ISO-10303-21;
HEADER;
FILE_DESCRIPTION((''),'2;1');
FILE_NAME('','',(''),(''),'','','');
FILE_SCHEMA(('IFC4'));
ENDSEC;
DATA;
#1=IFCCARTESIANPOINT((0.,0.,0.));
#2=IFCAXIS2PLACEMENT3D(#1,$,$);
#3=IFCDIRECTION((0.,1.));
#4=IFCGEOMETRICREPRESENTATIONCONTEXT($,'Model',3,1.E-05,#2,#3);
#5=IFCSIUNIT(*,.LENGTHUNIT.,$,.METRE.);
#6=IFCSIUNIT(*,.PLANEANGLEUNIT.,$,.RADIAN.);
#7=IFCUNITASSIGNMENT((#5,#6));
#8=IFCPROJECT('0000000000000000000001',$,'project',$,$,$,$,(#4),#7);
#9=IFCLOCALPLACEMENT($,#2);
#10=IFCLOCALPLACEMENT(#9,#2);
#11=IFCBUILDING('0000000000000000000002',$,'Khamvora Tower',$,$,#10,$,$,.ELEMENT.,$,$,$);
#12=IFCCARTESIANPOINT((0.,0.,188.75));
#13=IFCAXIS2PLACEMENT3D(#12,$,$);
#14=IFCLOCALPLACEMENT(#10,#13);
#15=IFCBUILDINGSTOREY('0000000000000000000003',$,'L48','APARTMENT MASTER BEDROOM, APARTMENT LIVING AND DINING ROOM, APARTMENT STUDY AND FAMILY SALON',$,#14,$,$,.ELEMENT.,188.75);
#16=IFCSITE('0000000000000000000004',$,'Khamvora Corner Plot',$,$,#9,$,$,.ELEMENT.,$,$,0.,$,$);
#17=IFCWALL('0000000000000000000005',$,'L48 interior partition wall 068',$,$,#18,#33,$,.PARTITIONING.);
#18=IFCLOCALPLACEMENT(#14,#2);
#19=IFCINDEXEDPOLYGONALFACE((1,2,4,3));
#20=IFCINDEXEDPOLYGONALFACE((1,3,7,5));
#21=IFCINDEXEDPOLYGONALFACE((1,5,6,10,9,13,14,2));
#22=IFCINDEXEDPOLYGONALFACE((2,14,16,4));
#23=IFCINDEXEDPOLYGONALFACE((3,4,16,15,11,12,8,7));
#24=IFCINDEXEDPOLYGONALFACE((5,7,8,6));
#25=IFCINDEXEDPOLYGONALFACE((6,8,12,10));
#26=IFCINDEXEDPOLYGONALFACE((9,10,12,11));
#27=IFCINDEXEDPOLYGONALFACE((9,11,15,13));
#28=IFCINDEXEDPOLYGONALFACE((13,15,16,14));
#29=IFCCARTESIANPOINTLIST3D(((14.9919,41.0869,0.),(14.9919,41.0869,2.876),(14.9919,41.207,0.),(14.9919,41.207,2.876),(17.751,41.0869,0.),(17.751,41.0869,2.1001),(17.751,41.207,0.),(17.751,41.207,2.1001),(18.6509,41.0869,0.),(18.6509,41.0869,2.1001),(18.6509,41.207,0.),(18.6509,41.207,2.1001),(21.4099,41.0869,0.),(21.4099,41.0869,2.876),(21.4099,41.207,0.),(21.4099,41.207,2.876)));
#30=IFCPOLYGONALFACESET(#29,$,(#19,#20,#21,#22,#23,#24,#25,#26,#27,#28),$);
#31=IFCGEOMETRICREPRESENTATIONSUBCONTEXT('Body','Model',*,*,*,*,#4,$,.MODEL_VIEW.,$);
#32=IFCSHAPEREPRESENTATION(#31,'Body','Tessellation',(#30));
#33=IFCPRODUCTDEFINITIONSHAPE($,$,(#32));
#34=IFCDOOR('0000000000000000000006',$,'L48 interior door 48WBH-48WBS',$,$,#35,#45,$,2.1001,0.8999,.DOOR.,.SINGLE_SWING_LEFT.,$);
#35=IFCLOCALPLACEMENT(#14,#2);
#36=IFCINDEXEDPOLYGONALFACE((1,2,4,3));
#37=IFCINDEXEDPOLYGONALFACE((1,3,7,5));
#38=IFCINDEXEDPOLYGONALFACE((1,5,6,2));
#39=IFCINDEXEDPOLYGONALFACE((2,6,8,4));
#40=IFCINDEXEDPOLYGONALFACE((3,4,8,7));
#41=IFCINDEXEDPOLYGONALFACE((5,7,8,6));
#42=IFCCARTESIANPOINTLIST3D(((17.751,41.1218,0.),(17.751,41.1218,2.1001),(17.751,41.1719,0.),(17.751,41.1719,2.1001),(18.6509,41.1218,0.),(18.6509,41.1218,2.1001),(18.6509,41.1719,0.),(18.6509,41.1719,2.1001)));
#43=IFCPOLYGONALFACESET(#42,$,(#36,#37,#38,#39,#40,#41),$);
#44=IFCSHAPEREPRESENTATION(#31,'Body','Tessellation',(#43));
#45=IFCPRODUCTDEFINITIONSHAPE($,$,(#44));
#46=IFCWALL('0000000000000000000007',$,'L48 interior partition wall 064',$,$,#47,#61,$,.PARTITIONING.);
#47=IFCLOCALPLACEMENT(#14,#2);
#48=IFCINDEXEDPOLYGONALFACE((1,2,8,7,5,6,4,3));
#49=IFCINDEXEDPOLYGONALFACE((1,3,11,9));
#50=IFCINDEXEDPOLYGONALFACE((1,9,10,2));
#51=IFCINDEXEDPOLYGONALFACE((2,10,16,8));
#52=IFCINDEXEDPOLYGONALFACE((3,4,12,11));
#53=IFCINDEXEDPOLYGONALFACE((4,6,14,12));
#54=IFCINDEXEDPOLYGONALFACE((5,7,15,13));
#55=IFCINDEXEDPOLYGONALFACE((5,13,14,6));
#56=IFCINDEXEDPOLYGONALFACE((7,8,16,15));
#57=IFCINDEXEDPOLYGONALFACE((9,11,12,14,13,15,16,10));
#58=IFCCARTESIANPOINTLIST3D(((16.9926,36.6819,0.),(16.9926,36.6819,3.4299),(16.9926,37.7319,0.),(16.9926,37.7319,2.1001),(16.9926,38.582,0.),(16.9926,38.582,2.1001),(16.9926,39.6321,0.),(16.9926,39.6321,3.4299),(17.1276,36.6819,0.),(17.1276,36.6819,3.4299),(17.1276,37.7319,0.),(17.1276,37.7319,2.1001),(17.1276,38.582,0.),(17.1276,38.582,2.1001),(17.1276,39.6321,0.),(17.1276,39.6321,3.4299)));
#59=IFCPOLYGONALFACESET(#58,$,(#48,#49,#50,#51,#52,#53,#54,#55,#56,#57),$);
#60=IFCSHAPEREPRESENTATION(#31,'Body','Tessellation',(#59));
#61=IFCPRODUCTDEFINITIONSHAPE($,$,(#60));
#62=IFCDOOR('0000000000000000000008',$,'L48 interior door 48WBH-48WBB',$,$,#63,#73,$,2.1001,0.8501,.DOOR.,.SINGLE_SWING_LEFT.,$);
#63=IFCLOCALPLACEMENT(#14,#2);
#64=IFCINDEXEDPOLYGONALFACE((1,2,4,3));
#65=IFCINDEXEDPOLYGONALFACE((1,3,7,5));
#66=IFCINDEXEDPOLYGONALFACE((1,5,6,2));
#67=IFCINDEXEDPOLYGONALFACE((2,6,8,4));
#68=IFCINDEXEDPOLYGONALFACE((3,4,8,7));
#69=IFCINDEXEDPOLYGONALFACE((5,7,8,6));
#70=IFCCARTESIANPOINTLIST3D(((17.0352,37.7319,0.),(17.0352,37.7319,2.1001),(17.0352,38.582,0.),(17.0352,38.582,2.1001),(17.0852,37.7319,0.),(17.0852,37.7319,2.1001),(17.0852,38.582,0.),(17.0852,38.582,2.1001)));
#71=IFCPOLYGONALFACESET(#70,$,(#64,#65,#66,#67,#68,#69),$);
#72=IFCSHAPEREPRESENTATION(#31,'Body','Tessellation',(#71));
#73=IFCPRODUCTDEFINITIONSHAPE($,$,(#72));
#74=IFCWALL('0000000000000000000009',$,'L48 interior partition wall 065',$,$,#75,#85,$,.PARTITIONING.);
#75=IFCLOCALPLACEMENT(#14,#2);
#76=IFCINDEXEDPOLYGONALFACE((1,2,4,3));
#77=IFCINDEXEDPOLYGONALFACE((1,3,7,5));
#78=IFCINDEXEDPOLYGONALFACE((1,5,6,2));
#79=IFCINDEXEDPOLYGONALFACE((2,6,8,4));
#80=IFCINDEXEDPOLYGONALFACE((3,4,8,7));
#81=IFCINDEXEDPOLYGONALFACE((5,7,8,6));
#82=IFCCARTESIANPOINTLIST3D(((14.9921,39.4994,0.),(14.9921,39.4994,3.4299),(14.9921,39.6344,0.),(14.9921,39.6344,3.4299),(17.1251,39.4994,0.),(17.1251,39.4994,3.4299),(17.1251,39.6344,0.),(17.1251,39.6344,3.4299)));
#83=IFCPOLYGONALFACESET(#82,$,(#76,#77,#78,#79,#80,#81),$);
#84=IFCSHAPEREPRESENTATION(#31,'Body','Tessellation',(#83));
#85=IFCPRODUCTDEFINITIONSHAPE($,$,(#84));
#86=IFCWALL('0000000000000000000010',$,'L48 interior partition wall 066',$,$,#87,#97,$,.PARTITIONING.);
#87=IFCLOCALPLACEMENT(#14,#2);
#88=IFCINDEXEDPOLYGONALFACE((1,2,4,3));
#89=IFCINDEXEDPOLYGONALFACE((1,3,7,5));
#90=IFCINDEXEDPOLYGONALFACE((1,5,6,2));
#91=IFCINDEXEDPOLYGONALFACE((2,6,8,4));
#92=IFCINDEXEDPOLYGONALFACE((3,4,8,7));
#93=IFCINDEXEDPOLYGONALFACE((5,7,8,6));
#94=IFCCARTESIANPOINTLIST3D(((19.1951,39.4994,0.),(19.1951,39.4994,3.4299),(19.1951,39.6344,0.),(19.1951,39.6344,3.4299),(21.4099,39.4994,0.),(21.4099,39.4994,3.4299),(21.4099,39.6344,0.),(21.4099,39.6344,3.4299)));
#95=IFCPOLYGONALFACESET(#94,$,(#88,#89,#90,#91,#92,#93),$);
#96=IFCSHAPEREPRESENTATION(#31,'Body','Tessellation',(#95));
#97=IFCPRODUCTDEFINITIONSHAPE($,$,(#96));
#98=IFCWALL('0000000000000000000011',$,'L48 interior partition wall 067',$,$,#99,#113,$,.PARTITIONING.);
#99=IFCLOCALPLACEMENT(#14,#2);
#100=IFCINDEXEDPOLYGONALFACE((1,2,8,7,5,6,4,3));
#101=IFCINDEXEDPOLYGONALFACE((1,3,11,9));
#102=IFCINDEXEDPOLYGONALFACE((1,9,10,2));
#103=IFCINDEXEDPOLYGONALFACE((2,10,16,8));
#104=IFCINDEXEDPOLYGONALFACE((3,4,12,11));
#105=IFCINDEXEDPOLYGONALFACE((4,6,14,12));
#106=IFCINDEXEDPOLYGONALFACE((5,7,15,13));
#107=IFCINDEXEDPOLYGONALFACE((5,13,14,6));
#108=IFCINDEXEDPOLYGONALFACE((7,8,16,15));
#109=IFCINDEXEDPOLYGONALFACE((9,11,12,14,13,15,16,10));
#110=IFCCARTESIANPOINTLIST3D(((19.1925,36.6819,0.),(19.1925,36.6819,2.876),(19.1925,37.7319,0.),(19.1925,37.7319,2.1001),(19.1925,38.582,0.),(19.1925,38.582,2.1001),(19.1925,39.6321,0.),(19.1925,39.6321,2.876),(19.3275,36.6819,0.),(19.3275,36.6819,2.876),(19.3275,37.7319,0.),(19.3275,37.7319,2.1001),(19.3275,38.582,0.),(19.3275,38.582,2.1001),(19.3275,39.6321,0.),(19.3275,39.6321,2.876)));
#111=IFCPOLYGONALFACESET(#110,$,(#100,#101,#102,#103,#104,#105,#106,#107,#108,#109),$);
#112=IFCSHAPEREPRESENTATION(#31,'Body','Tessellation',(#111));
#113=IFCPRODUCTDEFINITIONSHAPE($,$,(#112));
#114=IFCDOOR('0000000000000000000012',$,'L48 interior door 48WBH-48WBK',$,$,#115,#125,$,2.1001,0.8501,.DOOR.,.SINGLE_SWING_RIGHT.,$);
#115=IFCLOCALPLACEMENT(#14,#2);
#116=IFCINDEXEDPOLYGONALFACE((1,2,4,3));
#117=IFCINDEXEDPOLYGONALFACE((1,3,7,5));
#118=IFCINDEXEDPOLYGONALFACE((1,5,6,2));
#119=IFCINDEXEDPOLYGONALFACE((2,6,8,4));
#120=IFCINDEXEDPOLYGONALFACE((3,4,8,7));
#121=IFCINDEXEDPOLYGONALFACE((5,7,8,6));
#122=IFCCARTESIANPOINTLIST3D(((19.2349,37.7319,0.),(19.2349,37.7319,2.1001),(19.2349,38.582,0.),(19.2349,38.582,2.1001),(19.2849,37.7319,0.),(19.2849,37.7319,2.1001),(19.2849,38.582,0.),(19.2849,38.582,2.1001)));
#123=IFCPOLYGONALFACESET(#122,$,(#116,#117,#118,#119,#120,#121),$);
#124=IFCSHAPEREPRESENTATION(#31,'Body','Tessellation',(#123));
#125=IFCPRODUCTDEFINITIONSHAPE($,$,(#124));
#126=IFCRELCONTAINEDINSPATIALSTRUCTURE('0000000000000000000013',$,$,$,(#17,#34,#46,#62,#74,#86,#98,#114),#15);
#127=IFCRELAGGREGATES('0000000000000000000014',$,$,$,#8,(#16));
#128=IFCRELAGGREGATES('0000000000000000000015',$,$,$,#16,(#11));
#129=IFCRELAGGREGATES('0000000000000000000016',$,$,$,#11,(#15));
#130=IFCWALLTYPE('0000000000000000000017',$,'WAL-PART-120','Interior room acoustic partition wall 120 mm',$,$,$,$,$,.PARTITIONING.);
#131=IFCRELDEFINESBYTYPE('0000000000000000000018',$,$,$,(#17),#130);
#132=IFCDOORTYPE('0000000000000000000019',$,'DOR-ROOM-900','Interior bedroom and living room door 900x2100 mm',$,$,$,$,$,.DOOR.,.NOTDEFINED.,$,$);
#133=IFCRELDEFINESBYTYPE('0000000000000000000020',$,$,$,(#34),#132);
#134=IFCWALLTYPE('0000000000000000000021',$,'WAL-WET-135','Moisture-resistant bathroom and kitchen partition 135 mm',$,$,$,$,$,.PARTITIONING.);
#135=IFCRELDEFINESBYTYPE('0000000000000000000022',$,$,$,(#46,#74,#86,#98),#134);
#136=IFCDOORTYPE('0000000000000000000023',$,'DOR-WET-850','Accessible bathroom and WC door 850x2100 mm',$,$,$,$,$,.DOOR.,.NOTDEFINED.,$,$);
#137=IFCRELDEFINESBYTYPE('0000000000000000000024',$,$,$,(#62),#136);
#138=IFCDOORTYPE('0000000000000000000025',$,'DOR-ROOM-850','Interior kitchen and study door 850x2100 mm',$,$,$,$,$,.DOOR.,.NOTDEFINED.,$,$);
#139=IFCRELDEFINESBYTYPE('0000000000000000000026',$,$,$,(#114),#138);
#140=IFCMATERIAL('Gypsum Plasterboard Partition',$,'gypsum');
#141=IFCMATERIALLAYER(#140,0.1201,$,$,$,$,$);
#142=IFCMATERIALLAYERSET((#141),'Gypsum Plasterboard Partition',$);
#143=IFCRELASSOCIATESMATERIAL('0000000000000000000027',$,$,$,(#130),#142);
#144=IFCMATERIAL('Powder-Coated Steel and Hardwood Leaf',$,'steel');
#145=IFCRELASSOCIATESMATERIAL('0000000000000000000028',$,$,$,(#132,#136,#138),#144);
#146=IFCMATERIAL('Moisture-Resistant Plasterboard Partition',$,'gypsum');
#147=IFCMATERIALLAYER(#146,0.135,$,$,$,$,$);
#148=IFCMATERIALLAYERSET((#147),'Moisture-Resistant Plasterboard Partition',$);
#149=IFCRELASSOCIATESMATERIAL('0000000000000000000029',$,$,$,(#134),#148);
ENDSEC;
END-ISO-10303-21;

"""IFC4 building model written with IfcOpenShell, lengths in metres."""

from ifc_helpers import new_model, si_unit, direction, frame, frame_2d, origin, place, context, subcontext, project, spatial, rectangle, extrude, material, layer, layer_set, type_object, element, fill, save


model = new_model("IFC4")

# Units and contexts
model_context = context("Model", 3, precision=1e-05, world=origin(), true_north=direction((0.0, 1.0)))
body_context = subcontext(model_context, "Body", "Model", "MODEL_VIEW")
ifc_project = project(units=[si_unit("LENGTHUNIT", "METRE"), si_unit("PLANEANGLEUNIT", "RADIAN")], contexts=[model_context])

# Site, building, storey
site_placement = place(None, origin())
site = spatial("IfcSite", under=ifc_project, at=site_placement, Name="Khamvora Corner Plot", CompositionType="ELEMENT", RefElevation=0.0)
building_placement = place(site_placement, origin())
building = spatial("IfcBuilding", under=site, at=building_placement, Name="Khamvora Tower", CompositionType="ELEMENT")
storey_placement = place(building_placement, frame((0.0, 0.0, 188.75)))
storey = spatial("IfcBuildingStorey", under=building, at=storey_placement, Name="L48", Description="APARTMENT MASTER BEDROOM, APARTMENT LIVING AND DINING ROOM, APARTMENT STUDY AND FAMILY SALON", CompositionType="ELEMENT", Elevation=188.75)

# Walls, openings, doors
ifc_material_1 = material(Name="Gypsum Plasterboard Partition", Category="gypsum")
ifc_layer_1 = layer(ifc_material_1, 0.1201)
ifc_layer_set_1 = layer_set([ifc_layer_1], Name="Gypsum Plasterboard Partition")
wall_type_1 = type_object("IfcWallType", Name="WAL-PART-120", Description="Interior room acoustic partition wall 120 mm", PredefinedType="PARTITIONING", material=ifc_layer_set_1)
wall_1_placement = place(storey_placement, frame((14.9919, 41.147, 0.0), z_axis=(0.0, 0.0, 1.0), x_axis=(1.0, 0.0, 0.0)))
wall_1 = element("IfcWall", 1, at=wall_1_placement, inside=storey, type_object=wall_type_1, Name="L48 interior partition wall 068", PredefinedType="PARTITIONING", context=body_context, shape_type="SweptSolid", body=[
    extrude(rectangle(XDim=6.418, YDim=0.1201, at=frame_2d((3.209, 0.0))), origin(), (0.0, 0.0, 1.0), 2.876),
])
opening_1_placement = place(wall_1_placement, frame((2.759, 0.0, 0.0)))
opening_1 = element("IfcOpeningElement", 2, at=opening_1_placement, cuts=wall_1, PredefinedType="OPENING", context=body_context, shape_type="SweptSolid", body=[
    extrude(rectangle(XDim=0.8999, YDim=2.1001, at=frame_2d((0.45, 1.05))), frame((0.0, 0.0701, 0.0), z_axis=(0.0, -1.0, 0.0), x_axis=(1.0, 0.0, 0.0)), (0.0, 0.0, 1.0), 0.1401),
])
ifc_material_2 = material(Name="Powder-Coated Steel and Hardwood Leaf", Category="steel")
door_type_1 = type_object("IfcDoorType", Name="DOR-ROOM-900", Description="Interior bedroom and living room door 900x2100 mm", OperationType="NOTDEFINED", PredefinedType="DOOR", material=ifc_material_2)
door_1_placement = place(opening_1_placement, origin())
door_1 = element("IfcDoor", 3, at=door_1_placement, inside=storey, type_object=door_type_1, Name="L48 interior door 48WBH-48WBS", OperationType="SINGLE_SWING_LEFT", OverallHeight=2.1001, OverallWidth=0.8999, PredefinedType="DOOR", context=body_context, shape_type="SweptSolid", body=[
    extrude(rectangle(XDim=0.8999, YDim=2.1001, at=frame_2d((0.45, 1.05))), frame((0.0, 0.0249, 0.0), z_axis=(0.0, -1.0, 0.0), x_axis=(1.0, 0.0, 0.0)), (0.0, 0.0, 1.0), 0.05),
])
fill(opening_1, door_1)
ifc_material_3 = material(Name="Moisture-Resistant Plasterboard Partition", Category="gypsum")
ifc_layer_2 = layer(ifc_material_3, 0.135)
ifc_layer_set_2 = layer_set([ifc_layer_2], Name="Moisture-Resistant Plasterboard Partition")
wall_type_2 = type_object("IfcWallType", Name="WAL-WET-135", Description="Moisture-resistant bathroom and kitchen partition 135 mm", PredefinedType="PARTITIONING", material=ifc_layer_set_2)
wall_2_placement = place(storey_placement, frame((17.0601, 36.6819, 0.0), z_axis=(0.0, 0.0, 1.0), x_axis=(0.0, 1.0, 0.0)))
wall_2 = element("IfcWall", 4, at=wall_2_placement, inside=storey, type_object=wall_type_2, Name="L48 interior partition wall 064", PredefinedType="PARTITIONING", context=body_context, shape_type="SweptSolid", body=[
    extrude(rectangle(XDim=2.9502, YDim=0.135, at=frame_2d((1.4751, 0.0))), origin(), (0.0, 0.0, 1.0), 3.4299),
])
opening_2_placement = place(wall_2_placement, frame((1.05, 0.0, 0.0)))
opening_2 = element("IfcOpeningElement", 5, at=opening_2_placement, cuts=wall_2, PredefinedType="OPENING", context=body_context, shape_type="SweptSolid", body=[
    extrude(rectangle(XDim=0.8501, YDim=2.1001, at=frame_2d((0.425, 1.05))), frame((0.0, 0.0774, 0.0), z_axis=(0.0, -1.0, 0.0), x_axis=(1.0, 0.0, 0.0)), (0.0, 0.0, 1.0), 0.155),
])
door_type_2 = type_object("IfcDoorType", Name="DOR-WET-850", Description="Accessible bathroom and WC door 850x2100 mm", OperationType="NOTDEFINED", PredefinedType="DOOR", material=ifc_material_2)
door_2_placement = place(opening_2_placement, origin())
door_2 = element("IfcDoor", 6, at=door_2_placement, inside=storey, type_object=door_type_2, Name="L48 interior door 48WBH-48WBB", OperationType="SINGLE_SWING_LEFT", OverallHeight=2.1001, OverallWidth=0.8501, PredefinedType="DOOR", context=body_context, shape_type="SweptSolid", body=[
    extrude(rectangle(XDim=0.8501, YDim=2.1001, at=frame_2d((0.425, 1.05))), frame((0.0, 0.0249, 0.0), z_axis=(0.0, -1.0, 0.0), x_axis=(1.0, 0.0, 0.0)), (0.0, 0.0, 1.0), 0.05),
])
fill(opening_2, door_2)

# Walls
wall_3_placement = place(storey_placement, frame((17.125, 39.5669, 0.0), z_axis=(0.0, 0.0, 1.0), x_axis=(-1.0, 0.0, 0.0)))
element("IfcWall", 7, at=wall_3_placement, inside=storey, type_object=wall_type_2, Name="L48 interior partition wall 065", PredefinedType="PARTITIONING", context=body_context, shape_type="SweptSolid", body=[
    extrude(rectangle(XDim=2.1331, YDim=0.135, at=frame_2d((1.0664, 0.0))), origin(), (0.0, 0.0, 1.0), 3.4299),
])
wall_4_placement = place(storey_placement, frame((21.4099, 39.5669, 0.0), z_axis=(0.0, 0.0, 1.0), x_axis=(-1.0, 0.0, 0.0)))
element("IfcWall", 8, at=wall_4_placement, inside=storey, type_object=wall_type_2, Name="L48 interior partition wall 066", PredefinedType="PARTITIONING", context=body_context, shape_type="SweptSolid", body=[
    extrude(rectangle(XDim=2.2148, YDim=0.135, at=frame_2d((1.1074, 0.0))), origin(), (0.0, 0.0, 1.0), 3.4299),
])

# Wall, opening, door
wall_5_placement = place(storey_placement, frame((19.26, 39.6321, 0.0), z_axis=(0.0, 0.0, 1.0), x_axis=(0.0, -1.0, 0.0)))
wall_5 = element("IfcWall", 9, at=wall_5_placement, inside=storey, type_object=wall_type_2, Name="L48 interior partition wall 067", PredefinedType="PARTITIONING", context=body_context, shape_type="SweptSolid", body=[
    extrude(rectangle(XDim=2.9502, YDim=0.135, at=frame_2d((1.4751, 0.0))), origin(), (0.0, 0.0, 1.0), 2.876),
])
opening_3_placement = place(wall_5_placement, frame((1.05, 0.0, 0.0)))
opening_3 = element("IfcOpeningElement", 10, at=opening_3_placement, cuts=wall_5, PredefinedType="OPENING", context=body_context, shape_type="SweptSolid", body=[
    extrude(rectangle(XDim=0.8501, YDim=2.1001, at=frame_2d((0.425, 1.05))), frame((0.0, 0.0774, 0.0), z_axis=(0.0, -1.0, 0.0), x_axis=(1.0, 0.0, 0.0)), (0.0, 0.0, 1.0), 0.155),
])
door_type_3 = type_object("IfcDoorType", Name="DOR-ROOM-850", Description="Interior kitchen and study door 850x2100 mm", OperationType="NOTDEFINED", PredefinedType="DOOR", material=ifc_material_2)
door_3_placement = place(opening_3_placement, origin())
door_3 = element("IfcDoor", 11, at=door_3_placement, inside=storey, type_object=door_type_3, Name="L48 interior door 48WBH-48WBK", OperationType="SINGLE_SWING_RIGHT", OverallHeight=2.1001, OverallWidth=0.8501, PredefinedType="DOOR", context=body_context, shape_type="SweptSolid", body=[
    extrude(rectangle(XDim=0.8501, YDim=2.1001, at=frame_2d((0.425, 1.05))), frame((0.0, 0.0249, 0.0), z_axis=(0.0, -1.0, 0.0), x_axis=(1.0, 0.0, 0.0)), (0.0, 0.0, 1.0), 0.05),
])
fill(opening_3, door_3)

save(model, "model.ifc")
